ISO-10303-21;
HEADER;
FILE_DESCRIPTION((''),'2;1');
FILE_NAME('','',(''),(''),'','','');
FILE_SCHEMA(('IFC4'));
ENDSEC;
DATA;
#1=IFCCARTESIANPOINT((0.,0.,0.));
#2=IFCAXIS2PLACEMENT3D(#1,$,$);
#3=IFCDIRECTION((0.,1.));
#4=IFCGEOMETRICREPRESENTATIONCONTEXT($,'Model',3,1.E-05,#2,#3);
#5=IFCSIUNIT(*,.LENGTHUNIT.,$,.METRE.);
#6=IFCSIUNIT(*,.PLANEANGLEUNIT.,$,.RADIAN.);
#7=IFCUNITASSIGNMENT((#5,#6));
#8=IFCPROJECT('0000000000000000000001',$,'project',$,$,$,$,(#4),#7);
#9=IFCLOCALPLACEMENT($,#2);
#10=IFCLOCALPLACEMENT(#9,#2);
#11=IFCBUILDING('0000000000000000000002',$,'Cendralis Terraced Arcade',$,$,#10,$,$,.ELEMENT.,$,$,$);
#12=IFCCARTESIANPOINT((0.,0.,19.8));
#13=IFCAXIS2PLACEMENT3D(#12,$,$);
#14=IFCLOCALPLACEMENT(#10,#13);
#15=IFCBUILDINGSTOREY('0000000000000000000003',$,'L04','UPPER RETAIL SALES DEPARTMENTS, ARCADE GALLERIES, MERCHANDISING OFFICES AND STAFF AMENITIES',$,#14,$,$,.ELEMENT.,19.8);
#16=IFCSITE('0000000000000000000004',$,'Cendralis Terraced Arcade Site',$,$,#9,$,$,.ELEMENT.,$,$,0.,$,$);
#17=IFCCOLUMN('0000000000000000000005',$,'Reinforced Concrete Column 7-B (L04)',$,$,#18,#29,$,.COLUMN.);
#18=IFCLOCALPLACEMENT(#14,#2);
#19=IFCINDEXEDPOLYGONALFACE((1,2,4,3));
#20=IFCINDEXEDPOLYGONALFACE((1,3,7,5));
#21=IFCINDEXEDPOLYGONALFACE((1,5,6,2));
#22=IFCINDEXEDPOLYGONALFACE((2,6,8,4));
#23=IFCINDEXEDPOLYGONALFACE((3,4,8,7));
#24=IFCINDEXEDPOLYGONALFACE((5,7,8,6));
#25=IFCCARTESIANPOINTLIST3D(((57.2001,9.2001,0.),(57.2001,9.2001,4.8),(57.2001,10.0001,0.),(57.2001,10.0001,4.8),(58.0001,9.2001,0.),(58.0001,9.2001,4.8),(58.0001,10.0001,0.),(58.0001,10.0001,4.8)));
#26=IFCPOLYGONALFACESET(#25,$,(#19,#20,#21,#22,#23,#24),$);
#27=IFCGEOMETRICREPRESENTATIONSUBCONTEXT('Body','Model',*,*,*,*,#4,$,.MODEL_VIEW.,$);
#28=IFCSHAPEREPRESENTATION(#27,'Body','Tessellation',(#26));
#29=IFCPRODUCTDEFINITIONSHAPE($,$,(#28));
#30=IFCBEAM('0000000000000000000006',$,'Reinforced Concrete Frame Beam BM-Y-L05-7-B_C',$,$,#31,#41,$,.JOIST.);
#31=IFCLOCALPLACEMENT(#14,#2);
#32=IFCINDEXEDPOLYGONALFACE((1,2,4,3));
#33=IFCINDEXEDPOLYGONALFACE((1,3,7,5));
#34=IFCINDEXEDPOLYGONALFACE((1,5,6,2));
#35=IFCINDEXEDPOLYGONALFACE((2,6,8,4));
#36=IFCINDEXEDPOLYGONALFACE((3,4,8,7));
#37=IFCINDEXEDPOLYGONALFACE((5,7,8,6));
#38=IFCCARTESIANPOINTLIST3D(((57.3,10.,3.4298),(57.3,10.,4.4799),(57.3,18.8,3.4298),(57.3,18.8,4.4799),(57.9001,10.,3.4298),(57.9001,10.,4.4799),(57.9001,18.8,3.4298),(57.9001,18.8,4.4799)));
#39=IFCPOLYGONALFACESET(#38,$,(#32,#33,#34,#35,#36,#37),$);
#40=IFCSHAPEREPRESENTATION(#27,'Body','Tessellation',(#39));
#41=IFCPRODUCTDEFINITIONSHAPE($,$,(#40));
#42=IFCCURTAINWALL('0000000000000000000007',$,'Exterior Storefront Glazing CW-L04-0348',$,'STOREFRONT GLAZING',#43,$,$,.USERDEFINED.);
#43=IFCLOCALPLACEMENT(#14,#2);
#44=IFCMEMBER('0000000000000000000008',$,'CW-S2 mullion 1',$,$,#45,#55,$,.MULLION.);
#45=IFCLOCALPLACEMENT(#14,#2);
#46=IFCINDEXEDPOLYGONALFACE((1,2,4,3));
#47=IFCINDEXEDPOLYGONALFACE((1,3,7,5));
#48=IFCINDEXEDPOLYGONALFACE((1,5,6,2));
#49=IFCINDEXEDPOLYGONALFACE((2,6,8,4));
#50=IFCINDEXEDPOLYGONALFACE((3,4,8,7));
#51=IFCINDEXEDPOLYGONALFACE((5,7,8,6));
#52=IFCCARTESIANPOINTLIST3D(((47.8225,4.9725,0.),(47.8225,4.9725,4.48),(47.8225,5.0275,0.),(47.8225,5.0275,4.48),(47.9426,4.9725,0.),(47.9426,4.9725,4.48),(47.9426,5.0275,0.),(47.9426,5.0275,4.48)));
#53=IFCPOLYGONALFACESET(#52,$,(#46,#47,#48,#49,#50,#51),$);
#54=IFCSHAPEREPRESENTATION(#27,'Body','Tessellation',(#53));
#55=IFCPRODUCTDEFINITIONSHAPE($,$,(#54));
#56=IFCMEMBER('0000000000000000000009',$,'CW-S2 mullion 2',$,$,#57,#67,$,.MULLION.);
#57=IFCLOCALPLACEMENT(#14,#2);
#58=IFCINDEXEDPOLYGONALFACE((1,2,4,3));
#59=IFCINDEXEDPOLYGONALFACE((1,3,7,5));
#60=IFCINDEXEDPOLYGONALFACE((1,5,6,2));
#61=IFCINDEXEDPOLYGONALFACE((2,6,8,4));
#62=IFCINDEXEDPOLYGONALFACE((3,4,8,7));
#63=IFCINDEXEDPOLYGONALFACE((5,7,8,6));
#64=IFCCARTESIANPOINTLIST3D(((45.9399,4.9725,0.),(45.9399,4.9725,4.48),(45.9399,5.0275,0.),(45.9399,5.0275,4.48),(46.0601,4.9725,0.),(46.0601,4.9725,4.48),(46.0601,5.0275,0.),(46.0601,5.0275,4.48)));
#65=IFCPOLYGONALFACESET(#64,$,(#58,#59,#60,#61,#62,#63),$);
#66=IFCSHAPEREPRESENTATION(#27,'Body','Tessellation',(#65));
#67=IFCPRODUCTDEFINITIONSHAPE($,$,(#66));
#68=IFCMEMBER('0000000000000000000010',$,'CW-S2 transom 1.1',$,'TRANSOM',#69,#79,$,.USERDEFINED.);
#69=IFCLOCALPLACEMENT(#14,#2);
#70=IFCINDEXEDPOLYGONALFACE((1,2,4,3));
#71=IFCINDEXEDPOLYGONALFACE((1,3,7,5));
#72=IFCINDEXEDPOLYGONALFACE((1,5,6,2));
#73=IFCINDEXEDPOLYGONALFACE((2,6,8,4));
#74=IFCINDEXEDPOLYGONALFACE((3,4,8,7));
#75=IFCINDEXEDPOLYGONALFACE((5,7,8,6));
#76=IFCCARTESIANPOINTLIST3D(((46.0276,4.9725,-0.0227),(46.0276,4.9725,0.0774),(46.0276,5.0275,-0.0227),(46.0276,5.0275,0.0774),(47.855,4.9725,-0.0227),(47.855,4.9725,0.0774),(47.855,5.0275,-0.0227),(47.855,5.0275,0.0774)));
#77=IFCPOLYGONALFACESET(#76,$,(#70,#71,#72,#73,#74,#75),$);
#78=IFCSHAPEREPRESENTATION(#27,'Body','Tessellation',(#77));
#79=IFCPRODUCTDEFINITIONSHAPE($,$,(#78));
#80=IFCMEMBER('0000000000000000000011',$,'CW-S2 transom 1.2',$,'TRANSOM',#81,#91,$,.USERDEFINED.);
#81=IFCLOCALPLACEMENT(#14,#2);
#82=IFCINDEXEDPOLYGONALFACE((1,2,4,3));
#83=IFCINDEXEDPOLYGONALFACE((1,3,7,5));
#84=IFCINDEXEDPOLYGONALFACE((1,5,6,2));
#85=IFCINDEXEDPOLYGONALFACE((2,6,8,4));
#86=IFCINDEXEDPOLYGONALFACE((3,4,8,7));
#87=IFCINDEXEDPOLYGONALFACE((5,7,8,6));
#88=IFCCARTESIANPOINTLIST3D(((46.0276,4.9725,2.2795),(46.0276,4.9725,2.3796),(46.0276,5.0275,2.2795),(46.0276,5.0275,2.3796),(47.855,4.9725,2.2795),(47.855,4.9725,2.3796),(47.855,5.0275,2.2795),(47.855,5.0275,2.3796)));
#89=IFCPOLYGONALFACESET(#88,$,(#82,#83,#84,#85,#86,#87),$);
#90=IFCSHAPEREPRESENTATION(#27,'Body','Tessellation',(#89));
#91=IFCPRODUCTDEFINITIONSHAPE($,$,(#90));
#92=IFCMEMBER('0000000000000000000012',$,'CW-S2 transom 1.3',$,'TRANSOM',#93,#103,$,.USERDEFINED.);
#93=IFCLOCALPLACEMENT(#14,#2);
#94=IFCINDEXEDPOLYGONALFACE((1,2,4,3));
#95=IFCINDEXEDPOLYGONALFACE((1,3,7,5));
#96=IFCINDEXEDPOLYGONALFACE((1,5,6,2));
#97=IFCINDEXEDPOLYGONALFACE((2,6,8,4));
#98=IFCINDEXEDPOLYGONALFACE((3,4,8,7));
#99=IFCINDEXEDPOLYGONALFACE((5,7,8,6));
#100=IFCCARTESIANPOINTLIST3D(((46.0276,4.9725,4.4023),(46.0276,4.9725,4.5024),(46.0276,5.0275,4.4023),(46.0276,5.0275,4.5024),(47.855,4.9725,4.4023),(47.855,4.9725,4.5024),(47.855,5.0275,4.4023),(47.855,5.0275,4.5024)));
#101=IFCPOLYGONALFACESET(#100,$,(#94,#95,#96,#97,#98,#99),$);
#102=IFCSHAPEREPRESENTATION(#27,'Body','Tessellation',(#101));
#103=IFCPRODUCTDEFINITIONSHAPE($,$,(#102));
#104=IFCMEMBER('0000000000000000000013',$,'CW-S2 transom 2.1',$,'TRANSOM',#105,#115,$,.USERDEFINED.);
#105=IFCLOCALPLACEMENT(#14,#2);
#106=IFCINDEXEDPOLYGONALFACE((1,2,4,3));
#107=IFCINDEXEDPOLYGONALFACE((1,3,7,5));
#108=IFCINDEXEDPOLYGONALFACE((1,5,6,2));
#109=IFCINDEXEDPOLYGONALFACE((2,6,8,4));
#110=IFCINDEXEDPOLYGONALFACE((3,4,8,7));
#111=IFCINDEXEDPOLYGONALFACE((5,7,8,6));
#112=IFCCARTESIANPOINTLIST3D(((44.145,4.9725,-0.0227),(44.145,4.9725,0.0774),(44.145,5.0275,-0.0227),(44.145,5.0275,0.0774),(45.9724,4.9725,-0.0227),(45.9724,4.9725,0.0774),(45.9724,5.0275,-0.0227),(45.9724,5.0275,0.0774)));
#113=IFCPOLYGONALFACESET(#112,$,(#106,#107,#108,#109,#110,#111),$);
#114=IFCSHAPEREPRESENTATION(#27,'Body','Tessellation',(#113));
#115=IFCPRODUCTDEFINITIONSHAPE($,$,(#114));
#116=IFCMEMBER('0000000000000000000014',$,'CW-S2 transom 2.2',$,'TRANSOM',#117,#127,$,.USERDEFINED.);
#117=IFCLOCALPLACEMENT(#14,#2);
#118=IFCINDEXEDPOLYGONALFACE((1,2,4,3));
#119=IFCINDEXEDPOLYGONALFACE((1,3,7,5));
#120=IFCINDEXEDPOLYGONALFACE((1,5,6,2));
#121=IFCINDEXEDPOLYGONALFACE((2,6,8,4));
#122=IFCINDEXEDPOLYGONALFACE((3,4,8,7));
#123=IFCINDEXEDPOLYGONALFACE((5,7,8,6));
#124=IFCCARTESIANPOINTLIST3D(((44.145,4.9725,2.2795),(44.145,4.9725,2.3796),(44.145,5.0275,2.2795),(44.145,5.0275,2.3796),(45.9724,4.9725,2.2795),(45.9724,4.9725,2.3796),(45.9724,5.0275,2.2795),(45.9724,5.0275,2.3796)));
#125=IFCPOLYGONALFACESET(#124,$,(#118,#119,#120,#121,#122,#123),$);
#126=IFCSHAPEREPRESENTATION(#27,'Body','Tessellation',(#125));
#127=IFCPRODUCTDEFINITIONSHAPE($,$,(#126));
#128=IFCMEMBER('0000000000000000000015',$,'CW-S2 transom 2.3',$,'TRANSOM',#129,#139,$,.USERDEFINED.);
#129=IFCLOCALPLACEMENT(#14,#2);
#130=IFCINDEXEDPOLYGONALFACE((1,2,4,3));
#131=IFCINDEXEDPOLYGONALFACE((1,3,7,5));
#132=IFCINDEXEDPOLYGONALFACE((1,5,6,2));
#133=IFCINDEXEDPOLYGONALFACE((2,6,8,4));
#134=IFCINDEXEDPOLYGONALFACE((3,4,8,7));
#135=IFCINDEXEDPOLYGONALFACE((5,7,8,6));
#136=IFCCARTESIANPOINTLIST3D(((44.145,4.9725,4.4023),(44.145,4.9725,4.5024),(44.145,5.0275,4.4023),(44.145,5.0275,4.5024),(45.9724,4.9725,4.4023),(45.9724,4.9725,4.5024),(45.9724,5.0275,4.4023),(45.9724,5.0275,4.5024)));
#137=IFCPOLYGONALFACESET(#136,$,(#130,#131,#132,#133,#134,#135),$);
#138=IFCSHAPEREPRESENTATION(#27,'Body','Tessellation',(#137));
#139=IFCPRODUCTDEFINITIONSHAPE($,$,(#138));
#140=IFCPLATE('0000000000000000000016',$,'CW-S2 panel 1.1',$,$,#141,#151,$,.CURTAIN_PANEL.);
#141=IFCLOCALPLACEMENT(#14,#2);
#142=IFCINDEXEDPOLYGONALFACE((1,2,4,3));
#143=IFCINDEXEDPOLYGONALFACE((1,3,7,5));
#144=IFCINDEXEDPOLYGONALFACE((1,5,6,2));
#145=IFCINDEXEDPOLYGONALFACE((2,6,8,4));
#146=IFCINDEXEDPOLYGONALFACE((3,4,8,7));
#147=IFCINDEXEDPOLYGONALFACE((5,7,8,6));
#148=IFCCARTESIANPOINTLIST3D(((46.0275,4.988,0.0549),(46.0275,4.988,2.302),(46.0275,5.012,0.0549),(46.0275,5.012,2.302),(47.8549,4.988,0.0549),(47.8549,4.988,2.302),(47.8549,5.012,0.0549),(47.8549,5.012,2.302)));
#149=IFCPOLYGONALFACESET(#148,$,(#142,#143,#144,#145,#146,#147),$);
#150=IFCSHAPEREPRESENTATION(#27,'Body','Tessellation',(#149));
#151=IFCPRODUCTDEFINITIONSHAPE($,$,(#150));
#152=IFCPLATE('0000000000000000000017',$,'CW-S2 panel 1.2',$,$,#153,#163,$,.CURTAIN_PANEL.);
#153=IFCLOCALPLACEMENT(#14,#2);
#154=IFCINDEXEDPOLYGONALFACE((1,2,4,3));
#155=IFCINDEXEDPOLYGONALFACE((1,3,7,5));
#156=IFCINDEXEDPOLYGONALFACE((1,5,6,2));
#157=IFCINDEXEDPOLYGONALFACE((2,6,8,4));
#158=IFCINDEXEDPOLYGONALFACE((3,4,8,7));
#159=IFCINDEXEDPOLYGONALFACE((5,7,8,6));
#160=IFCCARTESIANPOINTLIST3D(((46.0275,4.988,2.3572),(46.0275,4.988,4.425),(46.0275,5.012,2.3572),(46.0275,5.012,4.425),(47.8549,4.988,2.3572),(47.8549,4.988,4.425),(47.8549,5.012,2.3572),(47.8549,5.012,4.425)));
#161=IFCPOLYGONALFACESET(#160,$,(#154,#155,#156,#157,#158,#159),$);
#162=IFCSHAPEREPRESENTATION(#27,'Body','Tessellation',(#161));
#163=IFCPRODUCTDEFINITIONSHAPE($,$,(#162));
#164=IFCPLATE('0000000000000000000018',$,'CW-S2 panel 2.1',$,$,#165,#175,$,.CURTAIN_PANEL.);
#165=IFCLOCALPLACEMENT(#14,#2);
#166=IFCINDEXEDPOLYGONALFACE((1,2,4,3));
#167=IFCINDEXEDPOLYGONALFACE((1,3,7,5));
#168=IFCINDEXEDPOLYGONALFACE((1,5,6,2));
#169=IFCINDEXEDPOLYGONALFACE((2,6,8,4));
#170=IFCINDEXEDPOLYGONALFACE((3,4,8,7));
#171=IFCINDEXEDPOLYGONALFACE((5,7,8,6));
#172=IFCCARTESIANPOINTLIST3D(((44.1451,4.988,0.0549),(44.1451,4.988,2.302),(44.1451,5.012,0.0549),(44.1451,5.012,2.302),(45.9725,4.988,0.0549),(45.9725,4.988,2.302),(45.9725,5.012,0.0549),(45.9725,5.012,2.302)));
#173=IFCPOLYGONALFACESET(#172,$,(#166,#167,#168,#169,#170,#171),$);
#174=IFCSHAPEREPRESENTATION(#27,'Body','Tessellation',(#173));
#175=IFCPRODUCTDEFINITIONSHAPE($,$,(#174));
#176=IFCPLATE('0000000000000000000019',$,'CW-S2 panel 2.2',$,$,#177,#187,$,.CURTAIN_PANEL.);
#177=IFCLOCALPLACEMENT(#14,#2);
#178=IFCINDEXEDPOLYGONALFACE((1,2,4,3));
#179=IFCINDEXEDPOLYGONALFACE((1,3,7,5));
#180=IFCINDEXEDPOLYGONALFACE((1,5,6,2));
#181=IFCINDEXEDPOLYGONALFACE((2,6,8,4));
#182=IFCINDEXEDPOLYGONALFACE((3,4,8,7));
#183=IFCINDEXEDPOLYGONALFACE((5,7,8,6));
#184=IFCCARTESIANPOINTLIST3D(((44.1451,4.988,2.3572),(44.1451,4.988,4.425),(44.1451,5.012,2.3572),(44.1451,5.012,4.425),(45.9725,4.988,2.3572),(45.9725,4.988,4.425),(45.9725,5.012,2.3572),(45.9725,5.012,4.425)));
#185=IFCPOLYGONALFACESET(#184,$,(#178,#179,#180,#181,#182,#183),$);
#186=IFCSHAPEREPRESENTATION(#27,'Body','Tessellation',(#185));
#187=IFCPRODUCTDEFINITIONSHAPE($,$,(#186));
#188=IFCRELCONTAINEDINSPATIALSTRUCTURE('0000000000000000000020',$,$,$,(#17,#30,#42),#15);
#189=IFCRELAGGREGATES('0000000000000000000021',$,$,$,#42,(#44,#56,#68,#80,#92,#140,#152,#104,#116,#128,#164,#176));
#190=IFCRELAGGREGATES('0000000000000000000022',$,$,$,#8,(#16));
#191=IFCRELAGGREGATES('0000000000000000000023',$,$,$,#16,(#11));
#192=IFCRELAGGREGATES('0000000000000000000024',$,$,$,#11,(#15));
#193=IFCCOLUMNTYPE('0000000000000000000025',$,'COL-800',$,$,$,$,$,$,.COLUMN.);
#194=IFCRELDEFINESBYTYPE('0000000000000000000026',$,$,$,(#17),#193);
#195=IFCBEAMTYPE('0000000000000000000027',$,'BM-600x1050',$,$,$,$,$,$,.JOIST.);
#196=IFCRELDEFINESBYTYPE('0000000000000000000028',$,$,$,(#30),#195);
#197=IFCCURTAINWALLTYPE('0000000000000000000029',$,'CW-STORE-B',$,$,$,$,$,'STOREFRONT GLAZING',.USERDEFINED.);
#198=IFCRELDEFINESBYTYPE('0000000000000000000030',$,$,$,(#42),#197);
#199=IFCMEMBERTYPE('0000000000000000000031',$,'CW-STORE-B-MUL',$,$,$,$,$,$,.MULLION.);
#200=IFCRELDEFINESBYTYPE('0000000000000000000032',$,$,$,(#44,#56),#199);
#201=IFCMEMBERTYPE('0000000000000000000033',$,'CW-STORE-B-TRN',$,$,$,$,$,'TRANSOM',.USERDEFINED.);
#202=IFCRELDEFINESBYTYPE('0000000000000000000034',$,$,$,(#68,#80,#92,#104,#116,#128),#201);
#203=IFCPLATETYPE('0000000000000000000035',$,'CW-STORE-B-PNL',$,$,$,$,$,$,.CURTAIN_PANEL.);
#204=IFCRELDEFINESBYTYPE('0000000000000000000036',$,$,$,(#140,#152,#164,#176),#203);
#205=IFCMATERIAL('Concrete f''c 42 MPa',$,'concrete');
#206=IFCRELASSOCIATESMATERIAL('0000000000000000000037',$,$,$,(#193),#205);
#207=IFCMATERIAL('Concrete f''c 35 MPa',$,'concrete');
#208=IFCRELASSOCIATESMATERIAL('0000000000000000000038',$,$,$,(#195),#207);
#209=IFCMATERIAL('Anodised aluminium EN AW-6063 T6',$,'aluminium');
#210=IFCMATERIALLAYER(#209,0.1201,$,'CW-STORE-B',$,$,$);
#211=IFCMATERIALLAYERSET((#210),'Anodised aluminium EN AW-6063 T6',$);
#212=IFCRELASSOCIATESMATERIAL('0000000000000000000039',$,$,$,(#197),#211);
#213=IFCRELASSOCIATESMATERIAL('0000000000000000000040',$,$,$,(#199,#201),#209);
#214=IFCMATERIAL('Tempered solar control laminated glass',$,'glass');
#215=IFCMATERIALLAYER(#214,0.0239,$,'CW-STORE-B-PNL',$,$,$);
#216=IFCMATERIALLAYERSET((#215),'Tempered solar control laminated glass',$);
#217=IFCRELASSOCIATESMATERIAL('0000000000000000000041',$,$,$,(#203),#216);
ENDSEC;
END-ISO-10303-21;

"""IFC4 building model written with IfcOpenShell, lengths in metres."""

from ifc_helpers import new_model, si_unit, direction, frame, origin, origin_2d, place, context, subcontext, project, spatial, rectangle, extrude, material, layer, layer_set, material_profile, profile_set, type_object, element, aggregate, save


model = new_model("IFC4")

# Units and contexts
model_context = context("Model", 3, precision=1e-05, world=origin(), true_north=direction((0.0, 1.0)))
body_context = subcontext(model_context, "Body", "Model", "MODEL_VIEW")
ifc_project = project(units=[si_unit("LENGTHUNIT", "METRE"), si_unit("PLANEANGLEUNIT", "RADIAN")], contexts=[model_context])

# Site, building, storey
site_placement = place(None, origin())
site = spatial("IfcSite", under=ifc_project, at=site_placement, Name="Cendralis Terraced Arcade Site", CompositionType="ELEMENT", RefElevation=0.0)
building_placement = place(site_placement, origin())
building = spatial("IfcBuilding", under=site, at=building_placement, Name="Cendralis Terraced Arcade", CompositionType="ELEMENT")
storey_placement = place(building_placement, frame((0.0, 0.0, 19.8)))
storey = spatial("IfcBuildingStorey", under=building, at=storey_placement, Name="L04", Description="UPPER RETAIL SALES DEPARTMENTS, ARCADE GALLERIES, MERCHANDISING OFFICES AND STAFF AMENITIES", CompositionType="ELEMENT", Elevation=19.8)

# Column
ifc_material_1 = material(Name="Concrete f'c 42 MPa", Category="concrete")
ifc_material_profile_1 = material_profile(ifc_material_1, rectangle(XDim=0.8, YDim=0.8, at=origin_2d()), Name="RC-COL-800x800", Category="LoadBearing")
ifc_profile_set_1 = profile_set([ifc_material_profile_1], Name="Concrete f'c 42 MPa")
column_type = type_object("IfcColumnType", Name="COL-800", PredefinedType="COLUMN", material=ifc_profile_set_1)
column_placement = place(storey_placement, frame((57.6001, 9.6001, 0.0), z_axis=(0.0, 0.0, 1.0), x_axis=(1.0, 0.0, 0.0)))
element("IfcColumn", 1, at=column_placement, inside=storey, type_object=column_type, Name="Reinforced Concrete Column 7-B (L04)", PredefinedType="COLUMN", context=body_context, shape_type="SweptSolid", body=[
    extrude(rectangle(XDim=0.8, YDim=0.8, at=origin_2d()), origin(), (0.0, 0.0, 1.0), 4.8),
])

# Beam
ifc_material_2 = material(Name="Concrete f'c 35 MPa", Category="concrete")
ifc_material_profile_2 = material_profile(ifc_material_2, rectangle(XDim=0.6001, YDim=1.05, at=origin_2d()), Name="RC-BM-600x1050", Category="LoadBearing")
ifc_profile_set_2 = profile_set([ifc_material_profile_2], Name="Concrete f'c 35 MPa")
beam_type = type_object("IfcBeamType", Name="BM-600x1050", PredefinedType="JOIST", material=ifc_profile_set_2)
beam_placement = place(storey_placement, frame((57.6001, 10.0, 3.9548), z_axis=(0.0, 1.0, 0.0), x_axis=(-1.0, 0.0, 0.0)))
element("IfcBeam", 2, at=beam_placement, inside=storey, type_object=beam_type, Name="Reinforced Concrete Frame Beam BM-Y-L05-7-B_C", PredefinedType="JOIST", context=body_context, shape_type="SweptSolid", body=[
    extrude(rectangle(XDim=0.6001, YDim=1.05, at=origin_2d()), origin(), (0.0, 0.0, 1.0), 8.8),
])

# Curtain wall, members, plates
ifc_material_3 = material(Name="Anodised aluminium EN AW-6063 T6", Category="aluminium")
ifc_layer_1 = layer(ifc_material_3, 0.1201, Name="CW-STORE-B")
ifc_layer_set_1 = layer_set([ifc_layer_1], Name="Anodised aluminium EN AW-6063 T6")
curtain_wall_type = type_object("IfcCurtainWallType", Name="CW-STORE-B", ElementType="STOREFRONT GLAZING", PredefinedType="USERDEFINED", material=ifc_layer_set_1)
curtain_wall_placement = place(storey_placement, origin())
curtain_wall = element("IfcCurtainWall", 3, at=curtain_wall_placement, inside=storey, type_object=curtain_wall_type, Name="Exterior Storefront Glazing CW-L04-0348", ObjectType="STOREFRONT GLAZING", PredefinedType="USERDEFINED")
ifc_material_profile_3 = material_profile(ifc_material_3, rectangle(XDim=0.0549, YDim=0.1201, at=origin_2d()), Name="ALU-MUL-55x120")
ifc_profile_set_3 = profile_set([ifc_material_profile_3], Name="Anodised aluminium EN AW-6063 T6")
member_type_1 = type_object("IfcMemberType", Name="CW-STORE-B-MUL", PredefinedType="MULLION", material=ifc_profile_set_3)
member_1_placement = place(storey_placement, frame((47.8826, 5.0, 0.0), z_axis=(0.0, 0.0, 1.0), x_axis=(0.0, -1.0, 0.0)))
member_1 = element("IfcMember", 4, at=member_1_placement, type_object=member_type_1, Name="CW-S2 mullion 1", PredefinedType="MULLION", context=body_context, shape_type="SweptSolid", body=[
    extrude(rectangle(XDim=0.0549, YDim=0.1201, at=origin_2d()), origin(), (0.0, 0.0, 1.0), 4.48),
])
member_2_placement = place(storey_placement, frame((46.0, 5.0, 0.0), z_axis=(0.0, 0.0, 1.0), x_axis=(0.0, -1.0, 0.0)))
member_2 = element("IfcMember", 5, at=member_2_placement, type_object=member_type_1, Name="CW-S2 mullion 2", PredefinedType="MULLION", context=body_context, shape_type="SweptSolid", body=[
    extrude(rectangle(XDim=0.0549, YDim=0.1201, at=origin_2d()), origin(), (0.0, 0.0, 1.0), 4.48),
])
ifc_material_profile_4 = material_profile(ifc_material_3, rectangle(XDim=0.0549, YDim=0.1001, at=origin_2d()), Name="ALU-TRN-55x100")
ifc_profile_set_4 = profile_set([ifc_material_profile_4], Name="Anodised aluminium EN AW-6063 T6")
member_type_2 = type_object("IfcMemberType", Name="CW-STORE-B-TRN", ElementType="TRANSOM", PredefinedType="USERDEFINED", material=ifc_profile_set_4)
member_3_placement = place(storey_placement, frame((47.855, 5.0, 0.0273), z_axis=(-1.0, 0.0, 0.0), x_axis=(0.0, -1.0, 0.0)))
member_3 = element("IfcMember", 6, at=member_3_placement, type_object=member_type_2, Name="CW-S2 transom 1.1", ObjectType="TRANSOM", PredefinedType="USERDEFINED", context=body_context, shape_type="SweptSolid", body=[
    extrude(rectangle(XDim=0.0549, YDim=0.1001, at=origin_2d()), origin(), (0.0, 0.0, 1.0), 1.8274),
])
member_4_placement = place(storey_placement, frame((47.855, 5.0, 2.3296), z_axis=(-1.0, 0.0, 0.0), x_axis=(0.0, -1.0, 0.0)))
member_4 = element("IfcMember", 7, at=member_4_placement, type_object=member_type_2, Name="CW-S2 transom 1.2", ObjectType="TRANSOM", PredefinedType="USERDEFINED", context=body_context, shape_type="SweptSolid", body=[
    extrude(rectangle(XDim=0.0549, YDim=0.1001, at=origin_2d()), origin(), (0.0, 0.0, 1.0), 1.8274),
])
member_5_placement = place(storey_placement, frame((47.855, 5.0, 4.4524), z_axis=(-1.0, 0.0, 0.0), x_axis=(0.0, -1.0, 0.0)))
member_5 = element("IfcMember", 8, at=member_5_placement, type_object=member_type_2, Name="CW-S2 transom 1.3", ObjectType="TRANSOM", PredefinedType="USERDEFINED", context=body_context, shape_type="SweptSolid", body=[
    extrude(rectangle(XDim=0.0549, YDim=0.1001, at=origin_2d()), origin(), (0.0, 0.0, 1.0), 1.8274),
])
member_6_placement = place(storey_placement, frame((45.9724, 5.0, 0.0273), z_axis=(-1.0, 0.0, 0.0), x_axis=(0.0, -1.0, 0.0)))
member_6 = element("IfcMember", 9, at=member_6_placement, type_object=member_type_2, Name="CW-S2 transom 2.1", ObjectType="TRANSOM", PredefinedType="USERDEFINED", context=body_context, shape_type="SweptSolid", body=[
    extrude(rectangle(XDim=0.0549, YDim=0.1001, at=origin_2d()), origin(), (0.0, 0.0, 1.0), 1.8274),
])
member_7_placement = place(storey_placement, frame((45.9724, 5.0, 2.3296), z_axis=(-1.0, 0.0, 0.0), x_axis=(0.0, -1.0, 0.0)))
member_7 = element("IfcMember", 10, at=member_7_placement, type_object=member_type_2, Name="CW-S2 transom 2.2", ObjectType="TRANSOM", PredefinedType="USERDEFINED", context=body_context, shape_type="SweptSolid", body=[
    extrude(rectangle(XDim=0.0549, YDim=0.1001, at=origin_2d()), origin(), (0.0, 0.0, 1.0), 1.8274),
])
member_8_placement = place(storey_placement, frame((45.9724, 5.0, 4.4524), z_axis=(-1.0, 0.0, 0.0), x_axis=(0.0, -1.0, 0.0)))
member_8 = element("IfcMember", 11, at=member_8_placement, type_object=member_type_2, Name="CW-S2 transom 2.3", ObjectType="TRANSOM", PredefinedType="USERDEFINED", context=body_context, shape_type="SweptSolid", body=[
    extrude(rectangle(XDim=0.0549, YDim=0.1001, at=origin_2d()), origin(), (0.0, 0.0, 1.0), 1.8274),
])
ifc_material_4 = material(Name="Tempered solar control laminated glass", Category="glass")
ifc_layer_2 = layer(ifc_material_4, 0.0239, Name="CW-STORE-B-PNL")
ifc_layer_set_2 = layer_set([ifc_layer_2], Name="Tempered solar control laminated glass")
plate_type = type_object("IfcPlateType", Name="CW-STORE-B-PNL", PredefinedType="CURTAIN_PANEL", material=ifc_layer_set_2)
plate_1_placement = place(storey_placement, frame((46.9412, 5.0, 0.0549), z_axis=(0.0, 0.0, 1.0), x_axis=(-1.0, 0.0, 0.0)))
plate_1 = element("IfcPlate", 12, at=plate_1_placement, type_object=plate_type, Name="CW-S2 panel 1.1", PredefinedType="CURTAIN_PANEL", context=body_context, shape_type="SweptSolid", body=[
    extrude(rectangle(XDim=1.8274, YDim=0.0239, at=origin_2d()), origin(), (0.0, 0.0, 1.0), 2.2471),
])
plate_2_placement = place(storey_placement, frame((46.9412, 5.0, 2.3572), z_axis=(0.0, 0.0, 1.0), x_axis=(-1.0, 0.0, 0.0)))
plate_2 = element("IfcPlate", 13, at=plate_2_placement, type_object=plate_type, Name="CW-S2 panel 1.2", PredefinedType="CURTAIN_PANEL", context=body_context, shape_type="SweptSolid", body=[
    extrude(rectangle(XDim=1.8274, YDim=0.0239, at=origin_2d()), origin(), (0.0, 0.0, 1.0), 2.0679),
])
plate_3_placement = place(storey_placement, frame((45.0588, 5.0, 0.0549), z_axis=(0.0, 0.0, 1.0), x_axis=(-1.0, 0.0, 0.0)))
plate_3 = element("IfcPlate", 14, at=plate_3_placement, type_object=plate_type, Name="CW-S2 panel 2.1", PredefinedType="CURTAIN_PANEL", context=body_context, shape_type="SweptSolid", body=[
    extrude(rectangle(XDim=1.8274, YDim=0.0239, at=origin_2d()), origin(), (0.0, 0.0, 1.0), 2.2471),
])
plate_4_placement = place(storey_placement, frame((45.0588, 5.0, 2.3572), z_axis=(0.0, 0.0, 1.0), x_axis=(-1.0, 0.0, 0.0)))
plate_4 = element("IfcPlate", 15, at=plate_4_placement, type_object=plate_type, Name="CW-S2 panel 2.2", PredefinedType="CURTAIN_PANEL", context=body_context, shape_type="SweptSolid", body=[
    extrude(rectangle(XDim=1.8274, YDim=0.0239, at=origin_2d()), origin(), (0.0, 0.0, 1.0), 2.0679),
])
aggregate(curtain_wall, [member_1, member_2, member_3, member_4, member_5, plate_1, plate_2, member_6, member_7, member_8, plate_3, plate_4])

save(model, "model.ifc")
